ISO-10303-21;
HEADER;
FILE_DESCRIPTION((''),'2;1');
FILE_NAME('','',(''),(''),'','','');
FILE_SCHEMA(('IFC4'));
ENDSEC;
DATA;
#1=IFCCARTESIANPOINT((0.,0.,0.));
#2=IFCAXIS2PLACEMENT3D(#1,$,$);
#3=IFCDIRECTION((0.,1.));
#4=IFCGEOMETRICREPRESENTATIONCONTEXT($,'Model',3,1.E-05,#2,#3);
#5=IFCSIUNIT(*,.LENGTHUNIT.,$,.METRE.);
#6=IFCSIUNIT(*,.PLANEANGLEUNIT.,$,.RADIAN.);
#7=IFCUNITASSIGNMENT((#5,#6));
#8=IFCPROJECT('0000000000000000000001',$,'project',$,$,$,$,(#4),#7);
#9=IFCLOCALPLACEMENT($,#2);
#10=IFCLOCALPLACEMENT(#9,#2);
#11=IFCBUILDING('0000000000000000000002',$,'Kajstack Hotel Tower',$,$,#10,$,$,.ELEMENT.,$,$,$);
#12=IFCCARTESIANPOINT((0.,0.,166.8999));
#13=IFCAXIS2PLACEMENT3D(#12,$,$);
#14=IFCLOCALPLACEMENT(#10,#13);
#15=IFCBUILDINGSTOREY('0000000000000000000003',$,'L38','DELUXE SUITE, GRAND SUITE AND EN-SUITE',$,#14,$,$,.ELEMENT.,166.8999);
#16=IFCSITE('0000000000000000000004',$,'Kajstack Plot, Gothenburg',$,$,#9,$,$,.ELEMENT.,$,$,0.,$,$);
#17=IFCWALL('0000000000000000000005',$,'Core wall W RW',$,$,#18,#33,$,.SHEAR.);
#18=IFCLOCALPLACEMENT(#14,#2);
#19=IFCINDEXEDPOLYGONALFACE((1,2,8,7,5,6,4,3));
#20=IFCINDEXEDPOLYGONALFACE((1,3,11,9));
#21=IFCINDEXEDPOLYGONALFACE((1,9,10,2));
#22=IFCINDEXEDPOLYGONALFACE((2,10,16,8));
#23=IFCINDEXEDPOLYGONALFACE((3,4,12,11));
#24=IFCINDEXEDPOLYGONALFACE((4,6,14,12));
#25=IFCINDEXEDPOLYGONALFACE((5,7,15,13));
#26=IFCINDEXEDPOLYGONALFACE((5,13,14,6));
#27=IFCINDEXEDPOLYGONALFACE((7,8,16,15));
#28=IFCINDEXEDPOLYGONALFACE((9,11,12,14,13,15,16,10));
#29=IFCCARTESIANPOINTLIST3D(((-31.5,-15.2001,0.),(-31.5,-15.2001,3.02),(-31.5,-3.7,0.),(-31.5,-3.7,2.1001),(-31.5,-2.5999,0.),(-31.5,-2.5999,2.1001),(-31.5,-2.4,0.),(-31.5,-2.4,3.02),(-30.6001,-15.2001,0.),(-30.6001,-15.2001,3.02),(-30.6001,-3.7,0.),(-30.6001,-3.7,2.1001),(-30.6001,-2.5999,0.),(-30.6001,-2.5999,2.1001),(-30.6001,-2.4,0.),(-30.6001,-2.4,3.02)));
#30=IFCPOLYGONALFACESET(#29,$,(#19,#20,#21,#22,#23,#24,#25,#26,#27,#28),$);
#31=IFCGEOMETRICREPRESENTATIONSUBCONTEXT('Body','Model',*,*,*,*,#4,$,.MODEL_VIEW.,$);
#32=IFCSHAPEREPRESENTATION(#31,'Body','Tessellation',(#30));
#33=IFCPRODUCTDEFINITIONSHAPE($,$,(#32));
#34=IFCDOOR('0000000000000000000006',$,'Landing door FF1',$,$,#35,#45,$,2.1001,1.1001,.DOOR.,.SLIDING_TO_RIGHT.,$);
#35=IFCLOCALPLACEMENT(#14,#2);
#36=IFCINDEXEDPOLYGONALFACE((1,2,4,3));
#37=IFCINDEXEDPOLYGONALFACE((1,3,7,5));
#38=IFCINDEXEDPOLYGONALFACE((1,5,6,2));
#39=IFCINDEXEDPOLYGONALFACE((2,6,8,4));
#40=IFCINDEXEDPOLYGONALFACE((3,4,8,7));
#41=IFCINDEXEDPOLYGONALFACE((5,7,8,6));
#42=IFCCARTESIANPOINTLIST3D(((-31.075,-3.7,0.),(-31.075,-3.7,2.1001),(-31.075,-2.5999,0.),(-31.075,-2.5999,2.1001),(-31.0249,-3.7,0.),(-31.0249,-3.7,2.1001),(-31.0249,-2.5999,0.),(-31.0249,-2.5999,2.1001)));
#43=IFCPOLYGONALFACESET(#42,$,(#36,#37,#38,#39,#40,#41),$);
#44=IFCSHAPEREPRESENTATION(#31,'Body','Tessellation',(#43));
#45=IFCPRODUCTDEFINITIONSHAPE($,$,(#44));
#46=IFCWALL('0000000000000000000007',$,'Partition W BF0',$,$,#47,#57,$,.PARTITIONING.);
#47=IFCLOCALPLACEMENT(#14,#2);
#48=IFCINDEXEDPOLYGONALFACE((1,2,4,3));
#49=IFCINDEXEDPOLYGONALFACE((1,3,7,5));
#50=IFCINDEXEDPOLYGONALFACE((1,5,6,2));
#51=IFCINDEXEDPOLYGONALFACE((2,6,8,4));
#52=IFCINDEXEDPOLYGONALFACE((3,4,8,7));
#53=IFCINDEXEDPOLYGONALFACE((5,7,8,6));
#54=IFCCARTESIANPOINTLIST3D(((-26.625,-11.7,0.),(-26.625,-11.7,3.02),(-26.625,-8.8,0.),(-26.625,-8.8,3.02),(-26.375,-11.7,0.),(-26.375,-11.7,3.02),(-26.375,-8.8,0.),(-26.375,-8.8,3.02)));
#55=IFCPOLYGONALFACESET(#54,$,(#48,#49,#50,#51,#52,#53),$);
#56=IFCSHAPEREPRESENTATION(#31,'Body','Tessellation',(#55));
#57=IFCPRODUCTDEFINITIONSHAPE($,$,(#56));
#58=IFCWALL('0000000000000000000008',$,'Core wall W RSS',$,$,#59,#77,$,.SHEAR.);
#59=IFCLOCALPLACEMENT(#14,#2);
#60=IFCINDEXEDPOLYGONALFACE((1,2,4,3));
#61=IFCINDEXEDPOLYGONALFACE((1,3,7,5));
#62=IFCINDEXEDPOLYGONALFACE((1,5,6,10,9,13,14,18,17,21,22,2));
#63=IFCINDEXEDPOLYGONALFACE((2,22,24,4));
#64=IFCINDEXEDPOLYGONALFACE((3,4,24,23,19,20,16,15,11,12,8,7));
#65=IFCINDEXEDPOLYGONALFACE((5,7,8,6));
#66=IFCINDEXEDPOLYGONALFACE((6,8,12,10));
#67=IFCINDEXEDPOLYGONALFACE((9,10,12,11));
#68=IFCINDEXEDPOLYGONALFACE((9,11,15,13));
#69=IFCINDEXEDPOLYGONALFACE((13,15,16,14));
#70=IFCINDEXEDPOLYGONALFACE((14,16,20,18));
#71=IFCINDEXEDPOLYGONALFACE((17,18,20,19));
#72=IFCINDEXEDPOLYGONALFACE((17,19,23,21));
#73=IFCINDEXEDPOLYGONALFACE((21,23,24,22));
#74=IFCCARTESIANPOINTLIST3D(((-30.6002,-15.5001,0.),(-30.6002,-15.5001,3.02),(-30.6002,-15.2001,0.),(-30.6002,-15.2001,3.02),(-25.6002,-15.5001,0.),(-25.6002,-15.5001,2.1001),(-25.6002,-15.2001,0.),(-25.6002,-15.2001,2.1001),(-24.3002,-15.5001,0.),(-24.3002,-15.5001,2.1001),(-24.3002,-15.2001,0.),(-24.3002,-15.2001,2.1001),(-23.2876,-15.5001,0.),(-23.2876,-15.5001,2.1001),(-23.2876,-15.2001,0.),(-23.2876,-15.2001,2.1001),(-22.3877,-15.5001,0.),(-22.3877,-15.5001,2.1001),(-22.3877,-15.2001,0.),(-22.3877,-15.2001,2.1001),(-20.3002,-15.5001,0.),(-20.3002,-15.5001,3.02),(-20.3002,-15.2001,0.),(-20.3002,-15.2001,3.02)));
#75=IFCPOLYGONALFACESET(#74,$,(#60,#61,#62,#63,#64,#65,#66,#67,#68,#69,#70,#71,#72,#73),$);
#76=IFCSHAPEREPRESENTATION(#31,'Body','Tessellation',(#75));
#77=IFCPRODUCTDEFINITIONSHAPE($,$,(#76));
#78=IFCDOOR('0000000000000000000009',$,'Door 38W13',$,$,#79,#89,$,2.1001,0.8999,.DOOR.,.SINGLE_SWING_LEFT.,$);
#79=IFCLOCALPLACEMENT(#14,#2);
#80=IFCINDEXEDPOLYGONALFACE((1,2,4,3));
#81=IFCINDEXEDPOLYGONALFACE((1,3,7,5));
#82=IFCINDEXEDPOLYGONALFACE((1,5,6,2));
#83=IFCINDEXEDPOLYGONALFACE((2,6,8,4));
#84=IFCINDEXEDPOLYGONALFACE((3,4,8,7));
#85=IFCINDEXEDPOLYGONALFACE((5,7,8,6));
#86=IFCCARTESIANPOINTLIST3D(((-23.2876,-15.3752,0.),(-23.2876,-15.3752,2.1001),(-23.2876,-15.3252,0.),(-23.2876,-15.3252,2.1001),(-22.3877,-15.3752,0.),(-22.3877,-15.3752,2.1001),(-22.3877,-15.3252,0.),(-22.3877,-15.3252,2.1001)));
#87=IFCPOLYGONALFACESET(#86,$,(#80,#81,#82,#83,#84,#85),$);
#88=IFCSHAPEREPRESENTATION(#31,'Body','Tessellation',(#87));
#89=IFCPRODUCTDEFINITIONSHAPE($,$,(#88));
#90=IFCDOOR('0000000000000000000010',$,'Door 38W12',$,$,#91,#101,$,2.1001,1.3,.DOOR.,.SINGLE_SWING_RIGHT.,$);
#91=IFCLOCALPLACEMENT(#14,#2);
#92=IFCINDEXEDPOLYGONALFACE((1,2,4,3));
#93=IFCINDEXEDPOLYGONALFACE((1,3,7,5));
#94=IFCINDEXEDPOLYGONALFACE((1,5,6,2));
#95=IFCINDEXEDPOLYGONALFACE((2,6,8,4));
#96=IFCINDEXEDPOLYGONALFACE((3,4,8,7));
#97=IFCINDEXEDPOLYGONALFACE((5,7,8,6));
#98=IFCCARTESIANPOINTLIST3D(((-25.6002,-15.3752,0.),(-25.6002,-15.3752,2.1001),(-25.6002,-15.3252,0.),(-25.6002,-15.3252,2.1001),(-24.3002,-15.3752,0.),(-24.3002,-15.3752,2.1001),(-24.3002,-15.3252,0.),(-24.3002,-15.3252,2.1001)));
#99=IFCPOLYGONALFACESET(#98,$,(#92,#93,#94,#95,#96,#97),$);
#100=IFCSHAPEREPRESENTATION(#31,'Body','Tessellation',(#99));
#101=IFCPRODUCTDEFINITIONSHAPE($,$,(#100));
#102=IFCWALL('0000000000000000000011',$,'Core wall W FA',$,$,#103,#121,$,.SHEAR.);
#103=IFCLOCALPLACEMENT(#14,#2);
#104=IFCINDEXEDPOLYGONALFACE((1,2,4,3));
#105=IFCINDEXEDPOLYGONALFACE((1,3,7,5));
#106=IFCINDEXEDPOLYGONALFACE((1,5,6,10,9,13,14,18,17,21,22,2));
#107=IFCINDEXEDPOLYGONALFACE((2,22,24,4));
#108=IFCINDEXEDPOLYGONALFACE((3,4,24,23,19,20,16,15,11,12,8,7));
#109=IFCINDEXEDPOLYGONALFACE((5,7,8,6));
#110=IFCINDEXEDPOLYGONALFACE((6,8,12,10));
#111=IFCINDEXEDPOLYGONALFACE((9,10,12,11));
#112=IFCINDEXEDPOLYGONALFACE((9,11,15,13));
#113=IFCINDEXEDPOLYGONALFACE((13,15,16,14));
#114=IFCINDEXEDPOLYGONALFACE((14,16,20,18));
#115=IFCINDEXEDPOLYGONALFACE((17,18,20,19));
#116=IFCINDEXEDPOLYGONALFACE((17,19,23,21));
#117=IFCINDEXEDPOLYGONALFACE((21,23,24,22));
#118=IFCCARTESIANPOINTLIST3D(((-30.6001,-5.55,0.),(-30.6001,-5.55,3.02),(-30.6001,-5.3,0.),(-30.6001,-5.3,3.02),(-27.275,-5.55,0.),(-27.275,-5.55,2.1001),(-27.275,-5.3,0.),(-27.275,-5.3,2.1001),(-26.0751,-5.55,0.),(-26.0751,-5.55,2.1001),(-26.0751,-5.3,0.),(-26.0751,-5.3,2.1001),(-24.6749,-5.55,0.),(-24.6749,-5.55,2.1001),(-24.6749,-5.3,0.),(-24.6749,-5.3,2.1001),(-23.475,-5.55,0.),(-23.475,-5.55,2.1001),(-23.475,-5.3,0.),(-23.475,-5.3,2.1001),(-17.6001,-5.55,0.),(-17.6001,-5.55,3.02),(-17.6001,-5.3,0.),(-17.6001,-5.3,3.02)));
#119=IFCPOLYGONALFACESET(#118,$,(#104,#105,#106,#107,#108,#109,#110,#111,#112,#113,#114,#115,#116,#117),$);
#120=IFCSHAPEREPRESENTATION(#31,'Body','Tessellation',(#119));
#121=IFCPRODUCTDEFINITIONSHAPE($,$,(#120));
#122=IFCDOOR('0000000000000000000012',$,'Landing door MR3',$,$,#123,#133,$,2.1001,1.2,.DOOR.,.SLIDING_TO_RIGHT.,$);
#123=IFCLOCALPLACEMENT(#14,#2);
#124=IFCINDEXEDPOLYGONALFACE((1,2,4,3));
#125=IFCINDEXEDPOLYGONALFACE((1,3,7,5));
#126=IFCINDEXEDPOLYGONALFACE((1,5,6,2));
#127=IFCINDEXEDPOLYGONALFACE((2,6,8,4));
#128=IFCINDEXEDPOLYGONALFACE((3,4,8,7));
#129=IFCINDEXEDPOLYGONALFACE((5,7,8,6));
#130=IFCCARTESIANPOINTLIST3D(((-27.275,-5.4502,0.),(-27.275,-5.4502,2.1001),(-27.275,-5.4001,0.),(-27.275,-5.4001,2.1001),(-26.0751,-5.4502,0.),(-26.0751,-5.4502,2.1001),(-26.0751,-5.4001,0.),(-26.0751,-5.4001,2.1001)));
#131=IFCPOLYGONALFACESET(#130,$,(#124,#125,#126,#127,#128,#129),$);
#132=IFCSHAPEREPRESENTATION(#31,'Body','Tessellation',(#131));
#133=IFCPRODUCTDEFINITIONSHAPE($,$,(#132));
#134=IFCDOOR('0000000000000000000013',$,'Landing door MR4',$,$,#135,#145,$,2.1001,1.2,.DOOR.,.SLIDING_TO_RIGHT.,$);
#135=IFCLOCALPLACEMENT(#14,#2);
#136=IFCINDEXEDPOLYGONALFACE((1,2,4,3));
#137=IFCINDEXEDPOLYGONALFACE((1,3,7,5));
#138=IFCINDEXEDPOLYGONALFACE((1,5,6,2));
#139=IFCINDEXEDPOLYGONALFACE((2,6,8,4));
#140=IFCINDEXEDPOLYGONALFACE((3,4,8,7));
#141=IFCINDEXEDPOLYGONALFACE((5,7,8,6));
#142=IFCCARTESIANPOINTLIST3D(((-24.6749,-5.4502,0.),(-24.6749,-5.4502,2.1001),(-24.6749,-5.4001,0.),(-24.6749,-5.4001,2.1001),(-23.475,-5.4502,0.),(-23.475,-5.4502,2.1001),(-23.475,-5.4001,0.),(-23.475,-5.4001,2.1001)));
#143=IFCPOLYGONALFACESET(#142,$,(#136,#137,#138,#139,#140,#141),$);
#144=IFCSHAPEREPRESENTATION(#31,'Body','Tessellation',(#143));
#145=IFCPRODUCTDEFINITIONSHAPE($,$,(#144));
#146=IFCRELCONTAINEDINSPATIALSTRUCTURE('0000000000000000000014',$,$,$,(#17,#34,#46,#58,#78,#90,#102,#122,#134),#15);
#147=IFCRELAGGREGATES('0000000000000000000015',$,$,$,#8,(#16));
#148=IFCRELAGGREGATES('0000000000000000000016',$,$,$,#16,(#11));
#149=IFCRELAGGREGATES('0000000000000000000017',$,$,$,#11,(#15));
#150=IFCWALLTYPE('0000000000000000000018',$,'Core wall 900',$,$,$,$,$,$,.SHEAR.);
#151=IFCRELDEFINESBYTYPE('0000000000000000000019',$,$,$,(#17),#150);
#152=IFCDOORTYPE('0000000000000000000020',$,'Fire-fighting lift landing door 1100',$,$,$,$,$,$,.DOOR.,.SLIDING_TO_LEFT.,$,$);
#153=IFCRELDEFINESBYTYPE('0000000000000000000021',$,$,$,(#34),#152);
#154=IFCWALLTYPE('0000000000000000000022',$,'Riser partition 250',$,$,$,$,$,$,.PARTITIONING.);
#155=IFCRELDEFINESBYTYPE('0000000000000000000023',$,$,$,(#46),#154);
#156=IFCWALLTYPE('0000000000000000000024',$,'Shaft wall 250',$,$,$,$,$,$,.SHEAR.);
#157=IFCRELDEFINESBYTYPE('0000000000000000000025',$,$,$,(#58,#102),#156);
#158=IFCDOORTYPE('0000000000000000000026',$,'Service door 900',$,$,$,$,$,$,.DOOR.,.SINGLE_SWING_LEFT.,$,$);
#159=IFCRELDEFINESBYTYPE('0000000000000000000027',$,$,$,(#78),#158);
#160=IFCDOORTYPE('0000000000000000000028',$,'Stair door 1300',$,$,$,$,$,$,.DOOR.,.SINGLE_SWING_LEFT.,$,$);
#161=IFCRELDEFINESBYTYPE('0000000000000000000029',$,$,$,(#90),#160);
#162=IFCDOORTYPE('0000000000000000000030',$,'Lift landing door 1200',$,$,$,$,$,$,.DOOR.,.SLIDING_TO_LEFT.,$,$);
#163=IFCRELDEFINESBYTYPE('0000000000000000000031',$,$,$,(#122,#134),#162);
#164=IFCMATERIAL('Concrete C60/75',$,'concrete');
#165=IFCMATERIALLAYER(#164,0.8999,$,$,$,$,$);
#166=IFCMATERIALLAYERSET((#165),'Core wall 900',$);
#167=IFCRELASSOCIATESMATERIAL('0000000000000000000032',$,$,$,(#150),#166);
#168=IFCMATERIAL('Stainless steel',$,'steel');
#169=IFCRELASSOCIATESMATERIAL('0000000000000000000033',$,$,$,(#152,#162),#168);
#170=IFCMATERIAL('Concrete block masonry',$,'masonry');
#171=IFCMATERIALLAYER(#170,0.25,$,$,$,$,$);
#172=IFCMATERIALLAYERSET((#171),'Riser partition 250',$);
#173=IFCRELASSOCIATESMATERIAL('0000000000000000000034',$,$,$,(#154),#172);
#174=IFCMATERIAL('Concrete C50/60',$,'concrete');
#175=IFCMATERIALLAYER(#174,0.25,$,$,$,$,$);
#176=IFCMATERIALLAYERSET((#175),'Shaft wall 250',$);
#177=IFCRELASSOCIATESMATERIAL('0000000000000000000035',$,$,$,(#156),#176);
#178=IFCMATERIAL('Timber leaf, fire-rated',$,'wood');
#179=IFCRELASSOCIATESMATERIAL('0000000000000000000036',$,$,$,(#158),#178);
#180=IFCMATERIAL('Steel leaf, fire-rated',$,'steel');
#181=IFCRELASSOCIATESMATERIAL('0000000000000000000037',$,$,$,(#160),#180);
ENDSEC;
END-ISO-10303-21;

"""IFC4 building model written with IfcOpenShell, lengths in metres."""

from ifc_helpers import new_model, si_unit, direction, frame, frame_2d, origin, place, context, subcontext, project, spatial, rectangle, extrude, material, layer, layer_set, type_object, element, fill, save


model = new_model("IFC4")

# Units and contexts
model_context = context("Model", 3, precision=1e-05, world=origin(), true_north=direction((0.0, 1.0)))
body_context = subcontext(model_context, "Body", "Model", "MODEL_VIEW")
ifc_project = project(units=[si_unit("LENGTHUNIT", "METRE"), si_unit("PLANEANGLEUNIT", "RADIAN")], contexts=[model_context])

# Site, building, storey
site_placement = place(None, origin())
site = spatial("IfcSite", under=ifc_project, at=site_placement, Name="Kajstack Plot, Gothenburg", CompositionType="ELEMENT", RefElevation=0.0)
building_placement = place(site_placement, origin())
building = spatial("IfcBuilding", under=site, at=building_placement, Name="Kajstack Hotel Tower", CompositionType="ELEMENT")
storey_placement = place(building_placement, frame((0.0, 0.0, 166.8999)))
storey = spatial("IfcBuildingStorey", under=building, at=storey_placement, Name="L38", Description="DELUXE SUITE, GRAND SUITE AND EN-SUITE", CompositionType="ELEMENT", Elevation=166.8999)

# Wall, opening, door
ifc_material_1 = material(Name="Concrete C60/75", Category="concrete")
ifc_layer_1 = layer(ifc_material_1, 0.8999)
ifc_layer_set_1 = layer_set([ifc_layer_1], Name="Core wall 900")
wall_type_1 = type_object("IfcWallType", Name="Core wall 900", PredefinedType="SHEAR", material=ifc_layer_set_1)
wall_1_placement = place(storey_placement, frame((-31.05, -15.2, 0.0), z_axis=(0.0, 0.0, 1.0), x_axis=(0.0, 1.0, 0.0)))
wall_1 = element("IfcWall", 1, at=wall_1_placement, inside=storey, type_object=wall_type_1, Name="Core wall W RW", PredefinedType="SHEAR", context=body_context, shape_type="SweptSolid", body=[
    extrude(rectangle(XDim=12.8, YDim=0.8999, at=frame_2d((6.3999, 0.0))), origin(), (0.0, 0.0, 1.0), 3.02),
])
opening_1_placement = place(wall_1_placement, frame((11.5, 0.0, 0.0)))
opening_1 = element("IfcOpeningElement", 2, at=opening_1_placement, cuts=wall_1, PredefinedType="OPENING", context=body_context, shape_type="SweptSolid", body=[
    extrude(rectangle(XDim=1.1001, YDim=2.1001, at=frame_2d((0.55, 1.05))), frame((0.0, 0.46, 0.0), z_axis=(0.0, -1.0, 0.0), x_axis=(1.0, 0.0, 0.0)), (0.0, 0.0, 1.0), 0.9199),
])
ifc_material_2 = material(Name="Stainless steel", Category="steel")
door_type_1 = type_object("IfcDoorType", Name="Fire-fighting lift landing door 1100", OperationType="SLIDING_TO_LEFT", PredefinedType="DOOR", material=ifc_material_2)
door_1_placement = place(opening_1_placement, origin())
door_1 = element("IfcDoor", 3, at=door_1_placement, inside=storey, type_object=door_type_1, Name="Landing door FF1", OperationType="SLIDING_TO_RIGHT", OverallHeight=2.1001, OverallWidth=1.1001, PredefinedType="DOOR", context=body_context, shape_type="SweptSolid", body=[
    extrude(rectangle(XDim=1.1001, YDim=2.1001, at=frame_2d((0.55, 1.05))), frame((0.0, 0.0249, 0.0), z_axis=(0.0, -1.0, 0.0), x_axis=(1.0, 0.0, 0.0)), (0.0, 0.0, 1.0), 0.05),
])
fill(opening_1, door_1)

# Wall
ifc_material_3 = material(Name="Concrete block masonry", Category="masonry")
ifc_layer_2 = layer(ifc_material_3, 0.25)
ifc_layer_set_2 = layer_set([ifc_layer_2], Name="Riser partition 250")
wall_type_2 = type_object("IfcWallType", Name="Riser partition 250", PredefinedType="PARTITIONING", material=ifc_layer_set_2)
wall_2_placement = place(storey_placement, frame((-26.5, -11.7, 0.0), z_axis=(0.0, 0.0, 1.0), x_axis=(0.0, 1.0, 0.0)))
element("IfcWall", 4, at=wall_2_placement, inside=storey, type_object=wall_type_2, Name="Partition W BF0", PredefinedType="PARTITIONING", context=body_context, shape_type="SweptSolid", body=[
    extrude(rectangle(XDim=2.8999, YDim=0.25, at=frame_2d((1.45, 0.0))), origin(), (0.0, 0.0, 1.0), 3.02),
])

# Walls, openings, doors
ifc_material_4 = material(Name="Concrete C50/60", Category="concrete")
ifc_layer_3 = layer(ifc_material_4, 0.25)
ifc_layer_set_3 = layer_set([ifc_layer_3], Name="Shaft wall 250")
wall_type_3 = type_object("IfcWallType", Name="Shaft wall 250", PredefinedType="SHEAR", material=ifc_layer_set_3)
wall_3_placement = place(storey_placement, frame((-30.6001, -15.3501, 0.0), z_axis=(0.0, 0.0, 1.0), x_axis=(1.0, 0.0, 0.0)))
wall_3 = element("IfcWall", 5, at=wall_3_placement, inside=storey, type_object=wall_type_3, Name="Core wall W RSS", PredefinedType="SHEAR", context=body_context, shape_type="SweptSolid", body=[
    extrude(rectangle(XDim=10.3, YDim=0.3, at=frame_2d((5.1499, 0.0))), origin(), (0.0, 0.0, 1.0), 3.02),
])
opening_2_placement = place(wall_3_placement, frame((5.0, 0.0, 0.0)))
opening_2 = element("IfcOpeningElement", 6, at=opening_2_placement, cuts=wall_3, PredefinedType="OPENING", context=body_context, shape_type="SweptSolid", body=[
    extrude(rectangle(XDim=1.3, YDim=2.1001, at=frame_2d((0.6499, 1.05))), frame((0.0, 0.1599, 0.0), z_axis=(0.0, -1.0, 0.0), x_axis=(1.0, 0.0, 0.0)), (0.0, 0.0, 1.0), 0.3201),
])
opening_3_placement = place(wall_3_placement, frame((7.3125, 0.0, 0.0)))
opening_3 = element("IfcOpeningElement", 7, at=opening_3_placement, cuts=wall_3, PredefinedType="OPENING", context=body_context, shape_type="SweptSolid", body=[
    extrude(rectangle(XDim=0.8999, YDim=2.1001, at=frame_2d((0.45, 1.05))), frame((0.0, 0.1599, 0.0), z_axis=(0.0, -1.0, 0.0), x_axis=(1.0, 0.0, 0.0)), (0.0, 0.0, 1.0), 0.3201),
])
ifc_material_5 = material(Name="Timber leaf, fire-rated", Category="wood")
door_type_2 = type_object("IfcDoorType", Name="Service door 900", OperationType="SINGLE_SWING_LEFT", PredefinedType="DOOR", material=ifc_material_5)
door_2_placement = place(opening_3_placement, origin())
door_2 = element("IfcDoor", 8, at=door_2_placement, inside=storey, type_object=door_type_2, Name="Door 38W13", OperationType="SINGLE_SWING_LEFT", OverallHeight=2.1001, OverallWidth=0.8999, PredefinedType="DOOR", context=body_context, shape_type="SweptSolid", body=[
    extrude(rectangle(XDim=0.8999, YDim=2.1001, at=frame_2d((0.45, 1.05))), frame((0.0, 0.0249, 0.0), z_axis=(0.0, -1.0, 0.0), x_axis=(1.0, 0.0, 0.0)), (0.0, 0.0, 1.0), 0.05),
])
fill(opening_3, door_2)
ifc_material_6 = material(Name="Steel leaf, fire-rated", Category="steel")
door_type_3 = type_object("IfcDoorType", Name="Stair door 1300", OperationType="SINGLE_SWING_LEFT", PredefinedType="DOOR", material=ifc_material_6)
door_3_placement = place(opening_2_placement, origin())
door_3 = element("IfcDoor", 9, at=door_3_placement, inside=storey, type_object=door_type_3, Name="Door 38W12", OperationType="SINGLE_SWING_RIGHT", OverallHeight=2.1001, OverallWidth=1.3, PredefinedType="DOOR", context=body_context, shape_type="SweptSolid", body=[
    extrude(rectangle(XDim=1.3, YDim=2.1001, at=frame_2d((0.6499, 1.05))), frame((0.0, 0.0249, 0.0), z_axis=(0.0, -1.0, 0.0), x_axis=(1.0, 0.0, 0.0)), (0.0, 0.0, 1.0), 0.05),
])
fill(opening_2, door_3)
wall_4_placement = place(storey_placement, frame((-30.6001, -5.425, 0.0), z_axis=(0.0, 0.0, 1.0), x_axis=(1.0, 0.0, 0.0)))
wall_4 = element("IfcWall", 10, at=wall_4_placement, inside=storey, type_object=wall_type_3, Name="Core wall W FA", PredefinedType="SHEAR", context=body_context, shape_type="SweptSolid", body=[
    extrude(rectangle(XDim=13.0, YDim=0.25, at=frame_2d((6.5, 0.0))), origin(), (0.0, 0.0, 1.0), 3.02),
])
opening_4_placement = place(wall_4_placement, frame((3.325, 0.0, 0.0)))
opening_4 = element("IfcOpeningElement", 11, at=opening_4_placement, cuts=wall_4, PredefinedType="OPENING", context=body_context, shape_type="SweptSolid", body=[
    extrude(rectangle(XDim=1.2, YDim=2.1001, at=frame_2d((0.6001, 1.05))), frame((0.0, 0.135, 0.0), z_axis=(0.0, -1.0, 0.0), x_axis=(1.0, 0.0, 0.0)), (0.0, 0.0, 1.0), 0.27),
])
opening_5_placement = place(wall_4_placement, frame((5.925, 0.0, 0.0)))
opening_5 = element("IfcOpeningElement", 12, at=opening_5_placement, cuts=wall_4, PredefinedType="OPENING", context=body_context, shape_type="SweptSolid", body=[
    extrude(rectangle(XDim=1.2, YDim=2.1001, at=frame_2d((0.6001, 1.05))), frame((0.0, 0.135, 0.0), z_axis=(0.0, -1.0, 0.0), x_axis=(1.0, 0.0, 0.0)), (0.0, 0.0, 1.0), 0.27),
])
door_type_4 = type_object("IfcDoorType", Name="Lift landing door 1200", OperationType="SLIDING_TO_LEFT", PredefinedType="DOOR", material=ifc_material_2)
door_4_placement = place(opening_4_placement, origin())
door_4 = element("IfcDoor", 13, at=door_4_placement, inside=storey, type_object=door_type_4, Name="Landing door MR3", OperationType="SLIDING_TO_RIGHT", OverallHeight=2.1001, OverallWidth=1.2, PredefinedType="DOOR", context=body_context, shape_type="SweptSolid", body=[
    extrude(rectangle(XDim=1.2, YDim=2.1001, at=frame_2d((0.6001, 1.05))), frame((0.0, 0.0249, 0.0), z_axis=(0.0, -1.0, 0.0), x_axis=(1.0, 0.0, 0.0)), (0.0, 0.0, 1.0), 0.05),
])
fill(opening_4, door_4)
door_5_placement = place(opening_5_placement, origin())
door_5 = element("IfcDoor", 14, at=door_5_placement, inside=storey, type_object=door_type_4, Name="Landing door MR4", OperationType="SLIDING_TO_RIGHT", OverallHeight=2.1001, OverallWidth=1.2, PredefinedType="DOOR", context=body_context, shape_type="SweptSolid", body=[
    extrude(rectangle(XDim=1.2, YDim=2.1001, at=frame_2d((0.6001, 1.05))), frame((0.0, 0.0249, 0.0), z_axis=(0.0, -1.0, 0.0), x_axis=(1.0, 0.0, 0.0)), (0.0, 0.0, 1.0), 0.05),
])
fill(opening_5, door_5)

save(model, "model.ifc")
